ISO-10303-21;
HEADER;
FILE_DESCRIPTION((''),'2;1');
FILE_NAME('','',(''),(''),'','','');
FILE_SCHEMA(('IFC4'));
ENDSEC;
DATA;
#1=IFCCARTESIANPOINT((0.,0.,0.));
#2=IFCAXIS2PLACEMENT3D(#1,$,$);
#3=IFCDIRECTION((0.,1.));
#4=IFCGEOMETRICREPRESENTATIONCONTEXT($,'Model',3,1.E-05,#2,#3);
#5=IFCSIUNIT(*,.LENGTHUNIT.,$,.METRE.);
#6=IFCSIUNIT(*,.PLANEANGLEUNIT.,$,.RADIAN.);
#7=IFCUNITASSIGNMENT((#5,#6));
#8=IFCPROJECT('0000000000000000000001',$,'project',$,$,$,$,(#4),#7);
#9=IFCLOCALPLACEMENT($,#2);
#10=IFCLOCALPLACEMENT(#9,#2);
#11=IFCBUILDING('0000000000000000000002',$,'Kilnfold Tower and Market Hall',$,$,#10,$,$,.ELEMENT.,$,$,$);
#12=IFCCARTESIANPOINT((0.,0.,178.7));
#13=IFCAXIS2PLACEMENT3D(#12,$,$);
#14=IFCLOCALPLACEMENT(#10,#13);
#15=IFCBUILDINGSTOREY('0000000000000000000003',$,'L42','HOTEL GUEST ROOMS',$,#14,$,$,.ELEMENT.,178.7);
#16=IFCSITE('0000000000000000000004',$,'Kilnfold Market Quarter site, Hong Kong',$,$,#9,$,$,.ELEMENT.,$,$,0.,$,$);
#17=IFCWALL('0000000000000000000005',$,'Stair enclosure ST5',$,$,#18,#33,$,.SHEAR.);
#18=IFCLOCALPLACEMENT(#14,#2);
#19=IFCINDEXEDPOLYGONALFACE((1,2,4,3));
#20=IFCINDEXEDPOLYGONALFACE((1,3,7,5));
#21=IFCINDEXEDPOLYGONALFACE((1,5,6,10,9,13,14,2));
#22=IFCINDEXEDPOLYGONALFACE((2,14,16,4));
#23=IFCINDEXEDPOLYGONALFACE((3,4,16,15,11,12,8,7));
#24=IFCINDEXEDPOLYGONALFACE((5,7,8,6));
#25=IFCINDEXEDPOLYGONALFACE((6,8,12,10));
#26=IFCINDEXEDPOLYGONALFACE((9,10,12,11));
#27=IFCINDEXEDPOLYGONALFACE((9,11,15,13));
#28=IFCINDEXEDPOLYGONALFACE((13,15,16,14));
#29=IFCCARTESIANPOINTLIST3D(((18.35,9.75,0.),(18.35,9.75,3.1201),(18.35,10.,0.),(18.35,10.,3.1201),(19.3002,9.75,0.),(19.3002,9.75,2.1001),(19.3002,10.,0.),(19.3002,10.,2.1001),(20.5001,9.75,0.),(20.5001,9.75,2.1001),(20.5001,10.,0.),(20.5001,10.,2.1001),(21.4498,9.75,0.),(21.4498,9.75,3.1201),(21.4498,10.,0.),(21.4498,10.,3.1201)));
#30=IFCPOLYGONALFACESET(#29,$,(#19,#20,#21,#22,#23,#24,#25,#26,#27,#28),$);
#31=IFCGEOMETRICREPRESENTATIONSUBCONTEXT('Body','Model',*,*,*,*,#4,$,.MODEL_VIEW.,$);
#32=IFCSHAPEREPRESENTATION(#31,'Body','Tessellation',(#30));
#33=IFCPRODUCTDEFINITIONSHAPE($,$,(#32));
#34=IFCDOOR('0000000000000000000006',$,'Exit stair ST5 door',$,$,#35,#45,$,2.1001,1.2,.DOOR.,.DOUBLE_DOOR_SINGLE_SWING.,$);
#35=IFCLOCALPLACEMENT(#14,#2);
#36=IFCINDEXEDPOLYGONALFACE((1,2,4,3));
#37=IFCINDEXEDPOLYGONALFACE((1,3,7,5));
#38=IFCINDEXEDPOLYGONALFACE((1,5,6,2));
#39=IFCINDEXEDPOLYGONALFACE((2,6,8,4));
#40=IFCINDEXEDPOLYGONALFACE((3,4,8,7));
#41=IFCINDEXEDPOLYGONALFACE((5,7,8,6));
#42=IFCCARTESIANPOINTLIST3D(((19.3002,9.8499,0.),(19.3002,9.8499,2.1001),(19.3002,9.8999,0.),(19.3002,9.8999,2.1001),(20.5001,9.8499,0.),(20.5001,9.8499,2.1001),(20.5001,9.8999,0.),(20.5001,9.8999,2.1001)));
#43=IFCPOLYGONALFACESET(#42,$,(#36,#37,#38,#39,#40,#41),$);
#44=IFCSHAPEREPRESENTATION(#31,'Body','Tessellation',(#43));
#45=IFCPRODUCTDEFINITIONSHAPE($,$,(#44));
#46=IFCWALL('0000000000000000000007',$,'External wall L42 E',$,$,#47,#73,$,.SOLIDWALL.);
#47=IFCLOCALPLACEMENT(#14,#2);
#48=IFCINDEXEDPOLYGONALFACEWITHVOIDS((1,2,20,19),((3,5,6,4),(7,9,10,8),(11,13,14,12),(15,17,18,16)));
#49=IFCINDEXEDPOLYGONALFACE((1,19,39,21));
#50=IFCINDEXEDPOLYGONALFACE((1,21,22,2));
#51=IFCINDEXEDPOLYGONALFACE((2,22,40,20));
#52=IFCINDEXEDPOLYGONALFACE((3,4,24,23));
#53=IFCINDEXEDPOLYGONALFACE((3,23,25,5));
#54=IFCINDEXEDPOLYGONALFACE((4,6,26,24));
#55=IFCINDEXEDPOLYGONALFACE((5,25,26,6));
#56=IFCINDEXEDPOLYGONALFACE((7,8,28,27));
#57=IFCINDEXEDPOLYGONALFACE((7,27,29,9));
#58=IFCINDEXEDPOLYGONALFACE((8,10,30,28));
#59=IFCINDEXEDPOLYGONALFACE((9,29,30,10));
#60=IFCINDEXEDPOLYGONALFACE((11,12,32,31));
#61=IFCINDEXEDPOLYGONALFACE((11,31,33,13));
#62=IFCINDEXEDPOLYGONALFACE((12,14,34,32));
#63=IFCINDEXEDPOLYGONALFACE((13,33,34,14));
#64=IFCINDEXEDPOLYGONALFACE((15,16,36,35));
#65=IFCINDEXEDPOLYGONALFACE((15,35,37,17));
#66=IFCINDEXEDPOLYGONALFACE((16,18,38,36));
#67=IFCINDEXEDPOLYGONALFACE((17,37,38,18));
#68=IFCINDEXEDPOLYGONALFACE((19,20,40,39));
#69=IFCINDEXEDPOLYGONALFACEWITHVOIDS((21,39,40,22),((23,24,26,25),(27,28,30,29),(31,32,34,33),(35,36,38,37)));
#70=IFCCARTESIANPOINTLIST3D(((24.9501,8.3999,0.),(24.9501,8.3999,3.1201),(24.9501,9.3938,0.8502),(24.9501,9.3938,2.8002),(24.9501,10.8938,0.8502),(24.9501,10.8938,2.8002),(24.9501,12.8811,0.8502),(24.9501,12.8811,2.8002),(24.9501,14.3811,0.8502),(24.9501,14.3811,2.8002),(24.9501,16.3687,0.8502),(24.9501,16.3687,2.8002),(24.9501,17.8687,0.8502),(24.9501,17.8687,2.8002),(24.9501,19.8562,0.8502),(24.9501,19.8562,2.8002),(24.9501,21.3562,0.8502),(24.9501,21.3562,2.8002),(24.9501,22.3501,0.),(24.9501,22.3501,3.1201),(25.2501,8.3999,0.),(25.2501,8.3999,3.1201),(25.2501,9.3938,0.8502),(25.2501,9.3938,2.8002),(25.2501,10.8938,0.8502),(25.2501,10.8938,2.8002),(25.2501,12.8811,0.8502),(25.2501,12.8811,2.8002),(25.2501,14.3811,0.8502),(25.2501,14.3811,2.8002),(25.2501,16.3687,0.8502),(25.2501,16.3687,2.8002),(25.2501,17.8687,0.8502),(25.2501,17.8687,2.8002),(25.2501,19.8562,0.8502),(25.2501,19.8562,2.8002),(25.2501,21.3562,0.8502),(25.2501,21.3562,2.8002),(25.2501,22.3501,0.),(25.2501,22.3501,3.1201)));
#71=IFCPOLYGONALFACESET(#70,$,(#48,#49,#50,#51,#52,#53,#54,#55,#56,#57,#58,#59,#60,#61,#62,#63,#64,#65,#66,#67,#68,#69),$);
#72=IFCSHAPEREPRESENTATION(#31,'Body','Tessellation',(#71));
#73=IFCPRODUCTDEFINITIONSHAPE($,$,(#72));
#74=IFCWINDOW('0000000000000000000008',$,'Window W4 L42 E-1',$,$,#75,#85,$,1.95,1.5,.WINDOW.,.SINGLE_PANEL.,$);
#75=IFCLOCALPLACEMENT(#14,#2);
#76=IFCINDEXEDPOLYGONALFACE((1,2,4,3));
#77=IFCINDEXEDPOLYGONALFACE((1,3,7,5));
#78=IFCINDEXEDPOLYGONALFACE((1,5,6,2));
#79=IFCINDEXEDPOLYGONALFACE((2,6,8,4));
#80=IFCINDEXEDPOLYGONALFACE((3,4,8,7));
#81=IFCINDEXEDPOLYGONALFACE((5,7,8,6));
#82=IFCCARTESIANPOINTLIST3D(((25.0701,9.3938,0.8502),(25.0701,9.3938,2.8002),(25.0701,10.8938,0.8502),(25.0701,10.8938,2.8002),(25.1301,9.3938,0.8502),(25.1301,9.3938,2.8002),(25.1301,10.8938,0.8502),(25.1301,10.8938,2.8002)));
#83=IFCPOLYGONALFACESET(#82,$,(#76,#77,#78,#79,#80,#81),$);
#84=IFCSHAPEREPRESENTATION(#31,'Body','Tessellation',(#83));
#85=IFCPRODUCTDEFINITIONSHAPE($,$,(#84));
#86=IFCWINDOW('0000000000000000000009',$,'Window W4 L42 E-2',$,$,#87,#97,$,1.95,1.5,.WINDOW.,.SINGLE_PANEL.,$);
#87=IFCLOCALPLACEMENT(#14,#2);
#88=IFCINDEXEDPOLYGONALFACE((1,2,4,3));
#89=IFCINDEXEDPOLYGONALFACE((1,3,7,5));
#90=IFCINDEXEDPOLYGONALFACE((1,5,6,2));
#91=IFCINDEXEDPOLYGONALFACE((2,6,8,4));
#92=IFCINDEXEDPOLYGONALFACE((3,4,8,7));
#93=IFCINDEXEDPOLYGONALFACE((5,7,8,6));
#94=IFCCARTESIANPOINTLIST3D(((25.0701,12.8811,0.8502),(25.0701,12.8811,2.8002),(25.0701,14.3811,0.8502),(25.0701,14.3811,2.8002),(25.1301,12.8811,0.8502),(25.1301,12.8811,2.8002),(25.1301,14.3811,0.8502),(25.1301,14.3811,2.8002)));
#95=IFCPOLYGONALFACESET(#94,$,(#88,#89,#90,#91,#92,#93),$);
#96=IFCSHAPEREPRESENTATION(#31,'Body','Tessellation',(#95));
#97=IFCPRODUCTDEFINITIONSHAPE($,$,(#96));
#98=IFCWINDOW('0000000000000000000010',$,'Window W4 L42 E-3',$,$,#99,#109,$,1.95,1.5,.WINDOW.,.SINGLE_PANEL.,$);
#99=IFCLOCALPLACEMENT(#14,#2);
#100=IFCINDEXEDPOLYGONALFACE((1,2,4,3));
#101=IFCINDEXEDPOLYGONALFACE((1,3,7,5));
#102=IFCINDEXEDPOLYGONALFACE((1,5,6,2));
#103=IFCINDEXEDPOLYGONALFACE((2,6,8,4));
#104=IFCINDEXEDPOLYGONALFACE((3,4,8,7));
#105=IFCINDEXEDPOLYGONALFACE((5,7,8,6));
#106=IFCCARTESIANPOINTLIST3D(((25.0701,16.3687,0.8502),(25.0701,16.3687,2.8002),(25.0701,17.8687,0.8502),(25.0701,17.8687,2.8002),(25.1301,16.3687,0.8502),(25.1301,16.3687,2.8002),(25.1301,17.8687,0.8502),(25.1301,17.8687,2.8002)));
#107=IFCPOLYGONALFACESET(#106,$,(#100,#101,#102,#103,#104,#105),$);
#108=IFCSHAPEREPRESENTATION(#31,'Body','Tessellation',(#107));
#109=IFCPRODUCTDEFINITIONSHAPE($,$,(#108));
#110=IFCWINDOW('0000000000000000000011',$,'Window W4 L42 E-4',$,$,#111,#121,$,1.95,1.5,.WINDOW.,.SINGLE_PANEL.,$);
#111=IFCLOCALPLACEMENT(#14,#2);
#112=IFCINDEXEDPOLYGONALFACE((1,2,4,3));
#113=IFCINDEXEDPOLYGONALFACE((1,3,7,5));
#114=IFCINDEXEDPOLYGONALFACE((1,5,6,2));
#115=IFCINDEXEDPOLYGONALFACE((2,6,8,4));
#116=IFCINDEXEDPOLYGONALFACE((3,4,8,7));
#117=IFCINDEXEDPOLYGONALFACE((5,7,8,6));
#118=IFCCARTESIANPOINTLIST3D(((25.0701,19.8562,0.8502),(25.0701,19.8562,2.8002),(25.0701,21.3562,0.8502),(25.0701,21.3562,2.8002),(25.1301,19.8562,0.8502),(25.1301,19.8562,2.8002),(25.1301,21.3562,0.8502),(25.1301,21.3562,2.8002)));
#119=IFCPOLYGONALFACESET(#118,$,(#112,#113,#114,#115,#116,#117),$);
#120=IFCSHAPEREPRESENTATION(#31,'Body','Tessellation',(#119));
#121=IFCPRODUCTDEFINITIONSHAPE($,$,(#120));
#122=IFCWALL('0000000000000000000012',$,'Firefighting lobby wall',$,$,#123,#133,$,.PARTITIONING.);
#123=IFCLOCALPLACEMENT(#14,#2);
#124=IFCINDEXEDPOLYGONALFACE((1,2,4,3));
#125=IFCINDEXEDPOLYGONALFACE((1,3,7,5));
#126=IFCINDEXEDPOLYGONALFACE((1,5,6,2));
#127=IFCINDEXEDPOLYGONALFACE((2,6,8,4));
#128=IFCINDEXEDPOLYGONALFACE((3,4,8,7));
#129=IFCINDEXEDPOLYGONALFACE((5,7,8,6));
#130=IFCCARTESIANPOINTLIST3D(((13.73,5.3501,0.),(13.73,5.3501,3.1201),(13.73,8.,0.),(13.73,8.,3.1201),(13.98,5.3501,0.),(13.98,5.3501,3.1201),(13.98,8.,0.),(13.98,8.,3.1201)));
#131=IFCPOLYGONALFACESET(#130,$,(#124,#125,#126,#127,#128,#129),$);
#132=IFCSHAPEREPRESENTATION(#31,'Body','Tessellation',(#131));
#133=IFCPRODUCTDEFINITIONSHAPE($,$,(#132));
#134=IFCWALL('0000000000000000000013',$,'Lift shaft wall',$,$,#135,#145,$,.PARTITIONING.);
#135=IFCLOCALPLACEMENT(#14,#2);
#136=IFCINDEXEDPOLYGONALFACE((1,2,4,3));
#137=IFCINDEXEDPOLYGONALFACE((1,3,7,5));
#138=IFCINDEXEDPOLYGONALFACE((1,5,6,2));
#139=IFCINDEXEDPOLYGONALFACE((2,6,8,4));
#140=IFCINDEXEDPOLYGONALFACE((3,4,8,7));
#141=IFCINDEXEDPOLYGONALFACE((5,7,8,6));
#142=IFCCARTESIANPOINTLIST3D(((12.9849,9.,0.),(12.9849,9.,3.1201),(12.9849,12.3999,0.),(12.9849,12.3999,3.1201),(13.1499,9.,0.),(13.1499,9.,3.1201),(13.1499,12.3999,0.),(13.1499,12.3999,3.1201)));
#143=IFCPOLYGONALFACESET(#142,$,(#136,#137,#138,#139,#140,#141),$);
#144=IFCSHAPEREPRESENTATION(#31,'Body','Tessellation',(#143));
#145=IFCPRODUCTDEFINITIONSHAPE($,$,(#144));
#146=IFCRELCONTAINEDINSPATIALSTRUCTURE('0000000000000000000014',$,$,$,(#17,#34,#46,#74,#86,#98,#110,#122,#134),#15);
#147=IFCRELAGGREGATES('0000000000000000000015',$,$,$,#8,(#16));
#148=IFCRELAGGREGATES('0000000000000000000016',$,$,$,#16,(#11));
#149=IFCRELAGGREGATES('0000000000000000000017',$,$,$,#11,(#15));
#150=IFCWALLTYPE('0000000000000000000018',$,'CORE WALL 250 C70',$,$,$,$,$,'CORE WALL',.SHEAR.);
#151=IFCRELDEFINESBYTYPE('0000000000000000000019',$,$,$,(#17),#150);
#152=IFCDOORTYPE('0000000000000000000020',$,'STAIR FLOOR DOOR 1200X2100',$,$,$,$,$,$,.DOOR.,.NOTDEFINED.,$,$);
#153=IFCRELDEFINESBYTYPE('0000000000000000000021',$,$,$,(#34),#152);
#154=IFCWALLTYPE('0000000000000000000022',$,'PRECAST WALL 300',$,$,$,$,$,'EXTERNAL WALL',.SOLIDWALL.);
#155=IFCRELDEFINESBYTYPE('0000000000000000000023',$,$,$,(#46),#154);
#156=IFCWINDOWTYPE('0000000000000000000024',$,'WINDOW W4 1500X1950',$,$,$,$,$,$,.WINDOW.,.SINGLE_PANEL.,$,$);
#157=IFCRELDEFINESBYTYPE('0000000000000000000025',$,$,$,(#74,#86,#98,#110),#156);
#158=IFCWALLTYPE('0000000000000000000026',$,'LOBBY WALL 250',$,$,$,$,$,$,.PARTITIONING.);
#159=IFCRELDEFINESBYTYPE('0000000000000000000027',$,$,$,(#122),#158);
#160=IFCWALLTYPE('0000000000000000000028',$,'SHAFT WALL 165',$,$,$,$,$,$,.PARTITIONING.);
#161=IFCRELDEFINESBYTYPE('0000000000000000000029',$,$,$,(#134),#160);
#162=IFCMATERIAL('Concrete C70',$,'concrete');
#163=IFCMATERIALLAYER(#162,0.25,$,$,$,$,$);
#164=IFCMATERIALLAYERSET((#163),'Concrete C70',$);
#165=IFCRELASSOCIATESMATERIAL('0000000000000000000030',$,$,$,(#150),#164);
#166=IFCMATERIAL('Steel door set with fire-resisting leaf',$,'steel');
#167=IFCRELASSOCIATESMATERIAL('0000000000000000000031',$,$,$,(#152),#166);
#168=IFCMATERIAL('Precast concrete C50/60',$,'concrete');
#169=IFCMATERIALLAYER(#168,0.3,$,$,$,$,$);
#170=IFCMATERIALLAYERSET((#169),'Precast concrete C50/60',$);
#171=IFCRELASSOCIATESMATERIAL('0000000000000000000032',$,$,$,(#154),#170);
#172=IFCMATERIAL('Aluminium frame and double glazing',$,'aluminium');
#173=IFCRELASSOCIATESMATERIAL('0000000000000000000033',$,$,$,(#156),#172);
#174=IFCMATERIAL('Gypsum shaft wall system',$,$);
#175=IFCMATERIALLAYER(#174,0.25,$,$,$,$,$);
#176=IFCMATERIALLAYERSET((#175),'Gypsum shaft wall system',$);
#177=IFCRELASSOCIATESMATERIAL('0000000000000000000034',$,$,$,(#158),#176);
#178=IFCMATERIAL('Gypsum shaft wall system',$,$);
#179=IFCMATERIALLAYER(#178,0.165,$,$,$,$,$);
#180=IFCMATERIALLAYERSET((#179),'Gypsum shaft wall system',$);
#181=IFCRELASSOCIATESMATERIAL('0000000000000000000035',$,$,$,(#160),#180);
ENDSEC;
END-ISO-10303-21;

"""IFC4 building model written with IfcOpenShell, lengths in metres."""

from ifc_helpers import new_model, si_unit, direction, frame, frame_2d, origin, place, context, subcontext, project, spatial, rectangle, extrude, source, transform, mapped, material, layer, layer_set, type_object, element, fill, save


model = new_model("IFC4")

# Units and contexts
model_context = context("Model", 3, precision=1e-05, world=origin(), true_north=direction((0.0, 1.0)))
body_context = subcontext(model_context, "Body", "Model", "MODEL_VIEW")
ifc_project = project(units=[si_unit("LENGTHUNIT", "METRE"), si_unit("PLANEANGLEUNIT", "RADIAN")], contexts=[model_context])

# Site, building, storey
site_placement = place(None, origin())
site = spatial("IfcSite", under=ifc_project, at=site_placement, Name="Kilnfold Market Quarter site, Hong Kong", CompositionType="ELEMENT", RefElevation=0.0)
building_placement = place(site_placement, origin())
building = spatial("IfcBuilding", under=site, at=building_placement, Name="Kilnfold Tower and Market Hall", CompositionType="ELEMENT")
storey_placement = place(building_placement, frame((0.0, 0.0, 178.7)))
storey = spatial("IfcBuildingStorey", under=building, at=storey_placement, Name="L42", Description="HOTEL GUEST ROOMS", CompositionType="ELEMENT", Elevation=178.7)

# Shared definitions
ifc_material_1 = material(Name="Concrete C70", Category="concrete")
ifc_layer_1 = layer(ifc_material_1, 0.25)
ifc_layer_set_1 = layer_set([ifc_layer_1], Name="Concrete C70")
wall_type_1 = type_object("IfcWallType", Name="CORE WALL 250 C70", ElementType="CORE WALL", PredefinedType="SHEAR", material=ifc_layer_set_1)

# Wall, opening, door
shared_shape_1 = source(origin(), body_context, "Body", "SweptSolid", [
    extrude(rectangle(XDim=3.0999, YDim=0.25, at=frame_2d((1.5498, 0.0))), origin(), (0.0, 0.0, 1.0), 3.1201),
])
wall_1_placement = place(storey_placement, frame((18.3501, 9.875, 0.0), z_axis=(0.0, 0.0, 1.0), x_axis=(1.0, 0.0, 0.0)))
wall_1 = element("IfcWall", 1, at=wall_1_placement, inside=storey, type_object=wall_type_1, Name="Stair enclosure ST5", PredefinedType="SHEAR", context=body_context, shape_type="MappedRepresentation", body=[
    mapped(shared_shape_1, transform((0.0, 0.0, 0.0))),
])
opening_1_placement = place(wall_1_placement, frame((0.95, 0.0, 0.0)))
opening_1 = element("IfcOpeningElement", 2, at=opening_1_placement, cuts=wall_1, PredefinedType="OPENING", context=body_context, shape_type="SweptSolid", body=[
    extrude(rectangle(XDim=1.2, YDim=2.1001, at=frame_2d((0.6001, 1.05))), frame((0.0, 0.135, 0.0), z_axis=(0.0, -1.0, 0.0), x_axis=(1.0, 0.0, 0.0)), (0.0, 0.0, 1.0), 0.27),
])
ifc_material_2 = material(Name="Steel door set with fire-resisting leaf", Category="steel")
door_type_1 = type_object("IfcDoorType", Name="STAIR FLOOR DOOR 1200X2100", OperationType="NOTDEFINED", PredefinedType="DOOR", material=ifc_material_2)
door_1_placement = place(opening_1_placement, origin())
door_1 = element("IfcDoor", 3, at=door_1_placement, inside=storey, type_object=door_type_1, Name="Exit stair ST5 door", OperationType="DOUBLE_DOOR_SINGLE_SWING", OverallHeight=2.1001, OverallWidth=1.2, PredefinedType="DOOR", context=body_context, shape_type="SweptSolid", body=[
    extrude(rectangle(XDim=1.2, YDim=2.1001, at=frame_2d((0.6001, 1.05))), frame((0.0, 0.0249, 0.0), z_axis=(0.0, -1.0, 0.0), x_axis=(1.0, 0.0, 0.0)), (0.0, 0.0, 1.0), 0.05),
])
fill(opening_1, door_1)

# Wall, openings, windows
ifc_material_3 = material(Name="Precast concrete C50/60", Category="concrete")
ifc_layer_2 = layer(ifc_material_3, 0.3)
ifc_layer_set_2 = layer_set([ifc_layer_2], Name="Precast concrete C50/60")
wall_type_2 = type_object("IfcWallType", Name="PRECAST WALL 300", ElementType="EXTERNAL WALL", PredefinedType="SOLIDWALL", material=ifc_layer_set_2)
shared_shape_2 = source(origin(), body_context, "Body", "SweptSolid", [
    extrude(rectangle(XDim=13.9502, YDim=0.3, at=frame_2d((6.9751, 0.0))), origin(), (0.0, 0.0, 1.0), 3.1201),
])
wall_2_placement = place(storey_placement, frame((25.1001, 8.3999, 0.0), z_axis=(0.0, 0.0, 1.0), x_axis=(0.0, 1.0, 0.0)))
wall_2 = element("IfcWall", 4, at=wall_2_placement, inside=storey, type_object=wall_type_2, Name="External wall L42 E", PredefinedType="SOLIDWALL", context=body_context, shape_type="MappedRepresentation", body=[
    mapped(shared_shape_2, transform((0.0, 0.0, 0.0))),
])
opening_2_placement = place(wall_2_placement, frame((0.9939, 0.0, 0.8501)))
opening_2 = element("IfcOpeningElement", 5, at=opening_2_placement, cuts=wall_2, PredefinedType="OPENING", context=body_context, shape_type="SweptSolid", body=[
    extrude(rectangle(XDim=1.5, YDim=1.95, at=frame_2d((0.75, 0.9751))), frame((0.0, 0.1602, 0.0), z_axis=(0.0, -1.0, 0.0), x_axis=(1.0, 0.0, 0.0)), (0.0, 0.0, 1.0), 0.3201),
])
opening_3_placement = place(wall_2_placement, frame((4.4812, 0.0, 0.8501)))
opening_3 = element("IfcOpeningElement", 6, at=opening_3_placement, cuts=wall_2, PredefinedType="OPENING", context=body_context, shape_type="SweptSolid", body=[
    extrude(rectangle(XDim=1.5, YDim=1.95, at=frame_2d((0.75, 0.9751))), frame((0.0, 0.1602, 0.0), z_axis=(0.0, -1.0, 0.0), x_axis=(1.0, 0.0, 0.0)), (0.0, 0.0, 1.0), 0.3201),
])
opening_4_placement = place(wall_2_placement, frame((7.9688, 0.0, 0.8501)))
opening_4 = element("IfcOpeningElement", 7, at=opening_4_placement, cuts=wall_2, PredefinedType="OPENING", context=body_context, shape_type="SweptSolid", body=[
    extrude(rectangle(XDim=1.5, YDim=1.95, at=frame_2d((0.75, 0.9751))), frame((0.0, 0.1602, 0.0), z_axis=(0.0, -1.0, 0.0), x_axis=(1.0, 0.0, 0.0)), (0.0, 0.0, 1.0), 0.3201),
])
opening_5_placement = place(wall_2_placement, frame((11.4563, 0.0, 0.8501)))
opening_5 = element("IfcOpeningElement", 8, at=opening_5_placement, cuts=wall_2, PredefinedType="OPENING", context=body_context, shape_type="SweptSolid", body=[
    extrude(rectangle(XDim=1.5, YDim=1.95, at=frame_2d((0.75, 0.9751))), frame((0.0, 0.1602, 0.0), z_axis=(0.0, -1.0, 0.0), x_axis=(1.0, 0.0, 0.0)), (0.0, 0.0, 1.0), 0.3201),
])
ifc_material_4 = material(Name="Aluminium frame and double glazing", Category="aluminium")
window_type = type_object("IfcWindowType", Name="WINDOW W4 1500X1950", PartitioningType="SINGLE_PANEL", PredefinedType="WINDOW", material=ifc_material_4)
window_1_placement = place(opening_2_placement, origin())
window_1 = element("IfcWindow", 9, at=window_1_placement, inside=storey, type_object=window_type, Name="Window W4 L42 E-1", OverallHeight=1.95, OverallWidth=1.5, PartitioningType="SINGLE_PANEL", PredefinedType="WINDOW", context=body_context, shape_type="SweptSolid", body=[
    extrude(rectangle(XDim=1.5, YDim=1.95, at=frame_2d((0.75, 0.9751))), frame((0.0, 0.03, 0.0), z_axis=(0.0, -1.0, 0.0), x_axis=(1.0, 0.0, 0.0)), (0.0, 0.0, 1.0), 0.0601),
])
fill(opening_2, window_1)
window_2_placement = place(opening_3_placement, origin())
window_2 = element("IfcWindow", 10, at=window_2_placement, inside=storey, type_object=window_type, Name="Window W4 L42 E-2", OverallHeight=1.95, OverallWidth=1.5, PartitioningType="SINGLE_PANEL", PredefinedType="WINDOW", context=body_context, shape_type="SweptSolid", body=[
    extrude(rectangle(XDim=1.5, YDim=1.95, at=frame_2d((0.75, 0.9751))), frame((0.0, 0.03, 0.0), z_axis=(0.0, -1.0, 0.0), x_axis=(1.0, 0.0, 0.0)), (0.0, 0.0, 1.0), 0.0601),
])
fill(opening_3, window_2)
window_3_placement = place(opening_4_placement, origin())
window_3 = element("IfcWindow", 11, at=window_3_placement, inside=storey, type_object=window_type, Name="Window W4 L42 E-3", OverallHeight=1.95, OverallWidth=1.5, PartitioningType="SINGLE_PANEL", PredefinedType="WINDOW", context=body_context, shape_type="SweptSolid", body=[
    extrude(rectangle(XDim=1.5, YDim=1.95, at=frame_2d((0.75, 0.9751))), frame((0.0, 0.03, 0.0), z_axis=(0.0, -1.0, 0.0), x_axis=(1.0, 0.0, 0.0)), (0.0, 0.0, 1.0), 0.0601),
])
fill(opening_4, window_3)
window_4_placement = place(opening_5_placement, origin())
window_4 = element("IfcWindow", 12, at=window_4_placement, inside=storey, type_object=window_type, Name="Window W4 L42 E-4", OverallHeight=1.95, OverallWidth=1.5, PartitioningType="SINGLE_PANEL", PredefinedType="WINDOW", context=body_context, shape_type="SweptSolid", body=[
    extrude(rectangle(XDim=1.5, YDim=1.95, at=frame_2d((0.75, 0.9751))), frame((0.0, 0.03, 0.0), z_axis=(0.0, -1.0, 0.0), x_axis=(1.0, 0.0, 0.0)), (0.0, 0.0, 1.0), 0.0601),
])
fill(opening_5, window_4)

# Walls
ifc_material_5 = material(Name="Gypsum shaft wall system")
ifc_layer_3 = layer(ifc_material_5, 0.25)
ifc_layer_set_3 = layer_set([ifc_layer_3], Name="Gypsum shaft wall system")
wall_type_3 = type_object("IfcWallType", Name="LOBBY WALL 250", PredefinedType="PARTITIONING", material=ifc_layer_set_3)
shared_shape_3 = source(origin(), body_context, "Body", "SweptSolid", [
    extrude(rectangle(XDim=2.6499, YDim=0.25, at=frame_2d((1.325, 0.0))), origin(), (0.0, 0.0, 1.0), 3.1201),
])
wall_3_placement = place(storey_placement, frame((13.855, 5.3501, 0.0), z_axis=(0.0, 0.0, 1.0), x_axis=(0.0, 1.0, 0.0)))
element("IfcWall", 13, at=wall_3_placement, inside=storey, type_object=wall_type_3, Name="Firefighting lobby wall", PredefinedType="PARTITIONING", context=body_context, shape_type="MappedRepresentation", body=[
    mapped(shared_shape_3, transform((0.0, 0.0, 0.0))),
])
ifc_material_6 = material(Name="Gypsum shaft wall system")
ifc_layer_4 = layer(ifc_material_6, 0.165)
ifc_layer_set_4 = layer_set([ifc_layer_4], Name="Gypsum shaft wall system")
wall_type_4 = type_object("IfcWallType", Name="SHAFT WALL 165", PredefinedType="PARTITIONING", material=ifc_layer_set_4)
shared_shape_4 = source(origin(), body_context, "Body", "SweptSolid", [
    extrude(rectangle(XDim=3.3999, YDim=0.165, at=frame_2d((1.7, 0.0))), origin(), (0.0, 0.0, 1.0), 3.1201),
])
wall_4_placement = place(storey_placement, frame((13.0674, 9.0, 0.0), z_axis=(0.0, 0.0, 1.0), x_axis=(0.0, 1.0, 0.0)))
element("IfcWall", 14, at=wall_4_placement, inside=storey, type_object=wall_type_4, Name="Lift shaft wall", PredefinedType="PARTITIONING", context=body_context, shape_type="MappedRepresentation", body=[
    mapped(shared_shape_4, transform((0.0, 0.0, 0.0))),
])

save(model, "model.ifc")
